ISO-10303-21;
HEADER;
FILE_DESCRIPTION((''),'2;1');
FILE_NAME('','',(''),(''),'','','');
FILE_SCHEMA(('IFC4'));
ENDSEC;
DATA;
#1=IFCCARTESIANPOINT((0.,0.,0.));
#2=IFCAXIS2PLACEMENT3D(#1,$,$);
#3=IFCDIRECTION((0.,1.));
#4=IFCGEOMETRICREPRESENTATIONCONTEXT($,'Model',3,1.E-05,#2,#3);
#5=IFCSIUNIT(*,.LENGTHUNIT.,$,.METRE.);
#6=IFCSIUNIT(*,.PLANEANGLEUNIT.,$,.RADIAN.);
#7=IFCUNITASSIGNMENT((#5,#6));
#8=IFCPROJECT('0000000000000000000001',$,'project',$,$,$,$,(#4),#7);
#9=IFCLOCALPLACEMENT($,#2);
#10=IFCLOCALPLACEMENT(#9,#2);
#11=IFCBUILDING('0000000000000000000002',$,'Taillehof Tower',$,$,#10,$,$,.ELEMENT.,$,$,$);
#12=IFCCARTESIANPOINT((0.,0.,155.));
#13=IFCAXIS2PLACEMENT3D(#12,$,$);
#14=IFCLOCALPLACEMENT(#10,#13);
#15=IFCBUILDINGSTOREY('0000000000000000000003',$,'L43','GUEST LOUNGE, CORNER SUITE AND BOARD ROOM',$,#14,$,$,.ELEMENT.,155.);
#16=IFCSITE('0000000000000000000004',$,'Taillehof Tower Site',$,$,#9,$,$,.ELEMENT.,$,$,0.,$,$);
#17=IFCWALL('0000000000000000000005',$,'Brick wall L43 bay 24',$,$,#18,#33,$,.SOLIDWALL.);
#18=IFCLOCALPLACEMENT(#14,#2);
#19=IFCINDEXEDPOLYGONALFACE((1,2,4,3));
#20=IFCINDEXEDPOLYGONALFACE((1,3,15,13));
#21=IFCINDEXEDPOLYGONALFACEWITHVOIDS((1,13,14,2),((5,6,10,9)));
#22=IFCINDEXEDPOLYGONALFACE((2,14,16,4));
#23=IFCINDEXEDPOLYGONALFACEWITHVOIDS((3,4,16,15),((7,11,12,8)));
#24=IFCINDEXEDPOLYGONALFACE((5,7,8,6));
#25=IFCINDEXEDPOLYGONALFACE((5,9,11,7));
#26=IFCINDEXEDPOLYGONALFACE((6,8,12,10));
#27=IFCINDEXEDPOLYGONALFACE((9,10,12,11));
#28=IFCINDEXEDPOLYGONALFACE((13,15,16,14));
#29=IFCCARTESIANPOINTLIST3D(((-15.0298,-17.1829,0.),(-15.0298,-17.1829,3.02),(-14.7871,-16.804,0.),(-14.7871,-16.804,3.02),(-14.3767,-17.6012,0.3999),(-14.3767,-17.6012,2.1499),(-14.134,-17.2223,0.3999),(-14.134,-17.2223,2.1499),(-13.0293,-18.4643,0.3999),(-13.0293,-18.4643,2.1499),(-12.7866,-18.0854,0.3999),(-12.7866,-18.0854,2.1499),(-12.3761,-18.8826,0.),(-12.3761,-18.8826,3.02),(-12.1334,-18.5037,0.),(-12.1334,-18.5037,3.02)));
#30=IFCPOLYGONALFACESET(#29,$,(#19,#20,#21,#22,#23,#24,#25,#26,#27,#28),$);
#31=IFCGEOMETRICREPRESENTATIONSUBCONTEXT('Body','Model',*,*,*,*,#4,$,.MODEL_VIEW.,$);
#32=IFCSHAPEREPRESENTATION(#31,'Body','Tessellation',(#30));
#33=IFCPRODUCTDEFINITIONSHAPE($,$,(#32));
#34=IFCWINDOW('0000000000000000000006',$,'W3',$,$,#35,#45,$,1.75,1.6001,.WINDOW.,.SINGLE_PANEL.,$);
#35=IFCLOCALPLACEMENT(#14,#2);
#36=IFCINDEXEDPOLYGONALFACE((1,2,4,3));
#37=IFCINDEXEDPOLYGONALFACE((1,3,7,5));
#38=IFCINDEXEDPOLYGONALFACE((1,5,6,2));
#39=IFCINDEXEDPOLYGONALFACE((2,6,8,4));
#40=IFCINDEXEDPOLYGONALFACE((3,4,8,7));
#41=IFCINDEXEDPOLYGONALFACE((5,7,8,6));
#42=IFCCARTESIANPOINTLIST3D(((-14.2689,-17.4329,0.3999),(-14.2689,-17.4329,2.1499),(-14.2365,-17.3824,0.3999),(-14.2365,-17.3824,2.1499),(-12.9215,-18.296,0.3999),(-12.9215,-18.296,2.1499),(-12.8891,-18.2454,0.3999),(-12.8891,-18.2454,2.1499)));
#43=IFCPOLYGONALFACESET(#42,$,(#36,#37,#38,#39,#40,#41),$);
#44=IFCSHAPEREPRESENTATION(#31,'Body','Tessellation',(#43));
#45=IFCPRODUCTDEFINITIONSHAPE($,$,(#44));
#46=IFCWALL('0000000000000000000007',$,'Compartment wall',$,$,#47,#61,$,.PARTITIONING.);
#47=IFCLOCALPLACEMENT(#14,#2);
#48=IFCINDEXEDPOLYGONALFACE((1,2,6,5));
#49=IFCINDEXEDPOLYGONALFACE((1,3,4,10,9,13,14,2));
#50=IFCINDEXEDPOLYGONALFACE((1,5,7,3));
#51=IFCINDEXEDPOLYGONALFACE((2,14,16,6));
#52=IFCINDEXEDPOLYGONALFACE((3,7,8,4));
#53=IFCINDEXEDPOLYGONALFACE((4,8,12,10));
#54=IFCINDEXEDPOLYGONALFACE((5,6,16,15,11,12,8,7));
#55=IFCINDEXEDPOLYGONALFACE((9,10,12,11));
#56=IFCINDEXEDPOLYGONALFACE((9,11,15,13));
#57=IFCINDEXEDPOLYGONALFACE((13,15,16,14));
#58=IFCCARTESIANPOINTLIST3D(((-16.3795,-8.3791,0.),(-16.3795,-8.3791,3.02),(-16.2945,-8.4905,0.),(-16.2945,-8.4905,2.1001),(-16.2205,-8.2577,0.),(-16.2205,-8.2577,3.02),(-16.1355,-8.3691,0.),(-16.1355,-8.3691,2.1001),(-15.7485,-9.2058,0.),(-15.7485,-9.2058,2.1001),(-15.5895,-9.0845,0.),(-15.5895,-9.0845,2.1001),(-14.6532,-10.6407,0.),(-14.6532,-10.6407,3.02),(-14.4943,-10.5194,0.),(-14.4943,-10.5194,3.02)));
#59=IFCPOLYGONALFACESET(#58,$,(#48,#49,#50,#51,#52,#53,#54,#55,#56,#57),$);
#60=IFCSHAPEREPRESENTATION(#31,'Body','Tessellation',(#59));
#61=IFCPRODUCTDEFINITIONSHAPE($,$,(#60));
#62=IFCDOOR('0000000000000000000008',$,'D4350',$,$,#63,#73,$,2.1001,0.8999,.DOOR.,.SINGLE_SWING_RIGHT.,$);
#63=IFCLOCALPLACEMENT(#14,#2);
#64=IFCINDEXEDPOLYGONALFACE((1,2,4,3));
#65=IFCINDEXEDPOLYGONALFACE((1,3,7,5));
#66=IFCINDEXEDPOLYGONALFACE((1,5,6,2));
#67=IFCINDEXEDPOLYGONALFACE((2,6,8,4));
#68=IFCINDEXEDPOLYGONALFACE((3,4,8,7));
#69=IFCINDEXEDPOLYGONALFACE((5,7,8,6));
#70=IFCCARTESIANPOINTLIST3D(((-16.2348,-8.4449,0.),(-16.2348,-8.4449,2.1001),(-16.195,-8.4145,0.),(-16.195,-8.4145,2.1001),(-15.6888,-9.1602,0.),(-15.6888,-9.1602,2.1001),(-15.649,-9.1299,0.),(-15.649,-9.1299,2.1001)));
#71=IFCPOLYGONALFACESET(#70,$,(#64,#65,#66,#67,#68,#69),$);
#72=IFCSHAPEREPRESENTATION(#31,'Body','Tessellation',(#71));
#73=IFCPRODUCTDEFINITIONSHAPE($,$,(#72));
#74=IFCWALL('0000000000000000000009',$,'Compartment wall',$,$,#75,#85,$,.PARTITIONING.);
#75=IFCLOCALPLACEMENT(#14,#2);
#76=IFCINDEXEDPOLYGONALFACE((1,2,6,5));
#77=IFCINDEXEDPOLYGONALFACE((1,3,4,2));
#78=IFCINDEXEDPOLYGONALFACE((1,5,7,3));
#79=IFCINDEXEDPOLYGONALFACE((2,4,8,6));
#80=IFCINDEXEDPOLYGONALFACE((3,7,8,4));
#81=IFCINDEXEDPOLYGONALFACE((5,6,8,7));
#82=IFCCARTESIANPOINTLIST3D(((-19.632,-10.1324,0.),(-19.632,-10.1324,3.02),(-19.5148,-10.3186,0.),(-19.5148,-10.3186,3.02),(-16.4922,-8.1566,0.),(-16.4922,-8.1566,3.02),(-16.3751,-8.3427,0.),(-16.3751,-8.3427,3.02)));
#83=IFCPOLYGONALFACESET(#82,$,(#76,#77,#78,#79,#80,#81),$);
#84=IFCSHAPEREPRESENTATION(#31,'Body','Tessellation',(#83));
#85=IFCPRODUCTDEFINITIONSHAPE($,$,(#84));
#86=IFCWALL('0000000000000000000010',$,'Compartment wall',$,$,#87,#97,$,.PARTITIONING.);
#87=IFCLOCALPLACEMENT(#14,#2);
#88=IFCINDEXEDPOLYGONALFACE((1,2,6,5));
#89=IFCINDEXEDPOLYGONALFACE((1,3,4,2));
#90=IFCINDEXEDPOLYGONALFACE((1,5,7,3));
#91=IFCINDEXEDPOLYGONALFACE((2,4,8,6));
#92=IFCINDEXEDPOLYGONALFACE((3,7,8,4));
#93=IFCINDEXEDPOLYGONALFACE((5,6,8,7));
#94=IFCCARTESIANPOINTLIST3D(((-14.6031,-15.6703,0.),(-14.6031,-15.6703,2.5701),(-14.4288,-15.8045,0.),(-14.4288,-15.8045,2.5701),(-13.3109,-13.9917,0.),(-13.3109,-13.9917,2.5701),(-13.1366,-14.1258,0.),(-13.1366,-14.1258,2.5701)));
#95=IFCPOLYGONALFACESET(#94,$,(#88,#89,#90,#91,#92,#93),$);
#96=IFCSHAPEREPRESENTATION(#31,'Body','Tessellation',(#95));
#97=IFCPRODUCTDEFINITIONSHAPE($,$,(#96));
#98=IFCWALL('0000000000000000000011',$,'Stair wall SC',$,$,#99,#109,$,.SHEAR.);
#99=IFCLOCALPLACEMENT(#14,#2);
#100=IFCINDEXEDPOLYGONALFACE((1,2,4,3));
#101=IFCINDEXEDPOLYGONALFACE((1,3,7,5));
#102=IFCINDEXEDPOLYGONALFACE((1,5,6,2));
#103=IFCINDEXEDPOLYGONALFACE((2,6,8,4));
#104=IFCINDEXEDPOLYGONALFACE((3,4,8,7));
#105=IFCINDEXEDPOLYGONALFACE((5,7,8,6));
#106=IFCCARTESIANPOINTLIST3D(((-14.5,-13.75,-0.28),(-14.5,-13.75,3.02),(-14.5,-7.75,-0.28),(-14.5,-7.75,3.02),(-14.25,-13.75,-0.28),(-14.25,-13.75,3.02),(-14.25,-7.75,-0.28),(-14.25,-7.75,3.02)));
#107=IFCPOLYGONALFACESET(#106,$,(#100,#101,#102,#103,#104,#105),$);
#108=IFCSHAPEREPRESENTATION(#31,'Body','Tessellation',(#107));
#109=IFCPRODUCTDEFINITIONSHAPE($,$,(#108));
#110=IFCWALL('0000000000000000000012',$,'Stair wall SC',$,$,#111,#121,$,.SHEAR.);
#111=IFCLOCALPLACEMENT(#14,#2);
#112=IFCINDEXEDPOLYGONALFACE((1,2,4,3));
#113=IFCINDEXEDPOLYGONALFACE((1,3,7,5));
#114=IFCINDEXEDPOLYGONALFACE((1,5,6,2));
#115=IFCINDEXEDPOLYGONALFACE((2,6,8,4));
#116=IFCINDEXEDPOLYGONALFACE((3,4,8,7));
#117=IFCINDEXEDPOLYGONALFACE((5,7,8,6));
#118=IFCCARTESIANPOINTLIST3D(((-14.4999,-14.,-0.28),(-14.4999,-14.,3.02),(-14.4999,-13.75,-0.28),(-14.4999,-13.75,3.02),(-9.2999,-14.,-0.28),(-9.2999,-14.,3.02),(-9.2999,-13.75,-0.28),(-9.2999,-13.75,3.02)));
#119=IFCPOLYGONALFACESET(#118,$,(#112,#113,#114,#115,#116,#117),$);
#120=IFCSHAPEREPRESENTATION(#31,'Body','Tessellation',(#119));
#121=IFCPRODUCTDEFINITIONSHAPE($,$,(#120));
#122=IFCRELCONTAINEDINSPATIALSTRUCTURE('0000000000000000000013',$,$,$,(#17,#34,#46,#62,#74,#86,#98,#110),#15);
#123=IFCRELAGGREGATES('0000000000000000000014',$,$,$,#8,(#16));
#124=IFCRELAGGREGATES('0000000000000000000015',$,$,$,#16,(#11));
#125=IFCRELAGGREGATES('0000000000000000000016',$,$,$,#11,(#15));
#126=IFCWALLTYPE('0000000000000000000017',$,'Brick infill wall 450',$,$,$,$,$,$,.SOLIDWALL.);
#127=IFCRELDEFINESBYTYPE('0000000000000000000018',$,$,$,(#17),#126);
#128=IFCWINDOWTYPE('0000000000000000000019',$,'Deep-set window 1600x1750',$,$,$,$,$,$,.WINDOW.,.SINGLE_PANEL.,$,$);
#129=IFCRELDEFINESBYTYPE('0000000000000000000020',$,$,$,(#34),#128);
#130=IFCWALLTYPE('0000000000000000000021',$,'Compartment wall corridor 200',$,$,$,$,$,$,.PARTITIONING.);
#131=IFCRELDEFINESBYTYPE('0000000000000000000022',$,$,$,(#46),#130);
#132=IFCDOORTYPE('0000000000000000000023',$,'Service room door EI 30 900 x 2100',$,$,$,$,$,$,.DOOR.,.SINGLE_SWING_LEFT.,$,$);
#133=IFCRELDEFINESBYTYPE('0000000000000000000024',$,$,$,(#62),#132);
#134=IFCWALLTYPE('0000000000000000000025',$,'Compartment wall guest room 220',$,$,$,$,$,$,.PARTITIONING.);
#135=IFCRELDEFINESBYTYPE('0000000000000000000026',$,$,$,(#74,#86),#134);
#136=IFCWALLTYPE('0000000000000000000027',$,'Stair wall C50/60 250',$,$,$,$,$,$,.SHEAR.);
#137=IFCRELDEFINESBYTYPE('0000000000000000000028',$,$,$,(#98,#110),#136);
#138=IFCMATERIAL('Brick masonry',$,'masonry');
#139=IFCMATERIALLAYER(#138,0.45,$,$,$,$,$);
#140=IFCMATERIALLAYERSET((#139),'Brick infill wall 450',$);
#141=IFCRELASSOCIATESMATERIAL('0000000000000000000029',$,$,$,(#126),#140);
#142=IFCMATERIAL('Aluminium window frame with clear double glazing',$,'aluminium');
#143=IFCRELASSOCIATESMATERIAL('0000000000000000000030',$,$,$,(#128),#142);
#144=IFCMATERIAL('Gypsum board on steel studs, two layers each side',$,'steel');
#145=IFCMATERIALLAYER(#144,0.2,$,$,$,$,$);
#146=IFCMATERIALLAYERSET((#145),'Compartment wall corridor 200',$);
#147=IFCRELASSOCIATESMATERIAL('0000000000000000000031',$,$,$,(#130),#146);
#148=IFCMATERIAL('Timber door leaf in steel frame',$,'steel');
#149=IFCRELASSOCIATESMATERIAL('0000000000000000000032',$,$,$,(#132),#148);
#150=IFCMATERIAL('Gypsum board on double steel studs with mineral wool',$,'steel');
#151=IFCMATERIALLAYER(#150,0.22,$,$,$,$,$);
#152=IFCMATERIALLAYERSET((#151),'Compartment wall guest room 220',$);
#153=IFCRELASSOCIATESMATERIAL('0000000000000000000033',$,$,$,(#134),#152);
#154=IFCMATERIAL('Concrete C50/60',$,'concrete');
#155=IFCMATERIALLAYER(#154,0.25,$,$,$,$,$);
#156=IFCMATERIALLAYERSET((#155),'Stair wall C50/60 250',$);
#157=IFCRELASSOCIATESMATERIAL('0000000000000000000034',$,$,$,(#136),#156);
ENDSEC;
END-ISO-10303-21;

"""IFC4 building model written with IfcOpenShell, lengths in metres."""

from ifc_helpers import new_model, si_unit, direction, frame, frame_2d, origin, place, context, subcontext, project, spatial, rectangle, extrude, material, layer, layer_set, type_object, element, fill, save


model = new_model("IFC4")

# Units and contexts
model_context = context("Model", 3, precision=1e-05, world=origin(), true_north=direction((0.0, 1.0)))
body_context = subcontext(model_context, "Body", "Model", "MODEL_VIEW")
ifc_project = project(units=[si_unit("LENGTHUNIT", "METRE"), si_unit("PLANEANGLEUNIT", "RADIAN")], contexts=[model_context])

# Site, building, storey
site_placement = place(None, origin())
site = spatial("IfcSite", under=ifc_project, at=site_placement, Name="Taillehof Tower Site", CompositionType="ELEMENT", RefElevation=0.0)
building_placement = place(site_placement, origin())
building = spatial("IfcBuilding", under=site, at=building_placement, Name="Taillehof Tower", CompositionType="ELEMENT")
storey_placement = place(building_placement, frame((0.0, 0.0, 155.0)))
storey = spatial("IfcBuildingStorey", under=building, at=storey_placement, Name="L43", Description="GUEST LOUNGE, CORNER SUITE AND BOARD ROOM", CompositionType="ELEMENT", Elevation=155.0)

# Wall, opening, window
ifc_material_1 = material(Name="Brick masonry", Category="masonry")
ifc_layer_1 = layer(ifc_material_1, 0.45)
ifc_layer_set_1 = layer_set([ifc_layer_1], Name="Brick infill wall 450")
wall_type_1 = type_object("IfcWallType", Name="Brick infill wall 450", PredefinedType="SOLIDWALL", material=ifc_layer_set_1)
ifc_material_2 = material(Name="Aluminium window frame with clear double glazing", Category="aluminium")
window_type = type_object("IfcWindowType", Name="Deep-set window 1600x1750", PartitioningType="SINGLE_PANEL", PredefinedType="WINDOW", material=ifc_material_2)
wall_1_placement = place(storey_placement, frame((-14.9084, -16.9934, 0.0), z_axis=(0.0, 0.0, 1.0), x_axis=(0.842066, -0.539375, 0.0)))
wall_1 = element("IfcWall", 1, at=wall_1_placement, inside=storey, type_object=wall_type_1, Name="Brick wall L43 bay 24", PredefinedType="SOLIDWALL", context=body_context, shape_type="SweptSolid", body=[
    extrude(rectangle(XDim=3.1514, YDim=0.45, at=frame_2d((1.5757, 0.0))), origin(), (0.0, 0.0, 1.0), 3.02),
])
opening_1_placement = place(wall_1_placement, frame((0.7756, 0.0, 0.3999)))
opening_1 = element("IfcOpeningElement", 2, at=opening_1_placement, cuts=wall_1, PredefinedType="OPENING", context=body_context, shape_type="SweptSolid", body=[
    extrude(rectangle(XDim=1.6001, YDim=1.75, at=frame_2d((0.8, 0.875))), frame((0.0, 0.2349, 0.0), z_axis=(0.0, -1.0, 0.0), x_axis=(1.0, 0.0, 0.0)), (0.0, 0.0, 1.0), 0.47),
])
window_1_placement = place(opening_1_placement, origin())
window_1 = element("IfcWindow", 3, at=window_1_placement, inside=storey, type_object=window_type, Name="W3", OverallHeight=1.75, OverallWidth=1.6001, PartitioningType="SINGLE_PANEL", PredefinedType="WINDOW", context=body_context, shape_type="SweptSolid", body=[
    extrude(rectangle(XDim=1.6001, YDim=1.75, at=frame_2d((0.8, 0.875))), frame((0.0, 0.0349, 0.0), z_axis=(0.0, -1.0, 0.0), x_axis=(1.0, 0.0, 0.0)), (0.0, 0.0, 1.0), 0.0601),
])
fill(opening_1, window_1)

# Wall, opening, door
ifc_material_3 = material(Name="Gypsum board on steel studs, two layers each side", Category="steel")
ifc_layer_2 = layer(ifc_material_3, 0.2)
ifc_layer_set_2 = layer_set([ifc_layer_2], Name="Compartment wall corridor 200")
wall_type_2 = type_object("IfcWallType", Name="Compartment wall corridor 200", PredefinedType="PARTITIONING", material=ifc_layer_set_2)
wall_2_placement = place(storey_placement, frame((-14.5737, -10.5801, 0.0), z_axis=(0.0, 0.0, 1.0), x_axis=(-0.606733, 0.794906, 0.0)))
wall_2 = element("IfcWall", 4, at=wall_2_placement, inside=storey, type_object=wall_type_2, Name="Compartment wall", PredefinedType="PARTITIONING", context=body_context, shape_type="SweptSolid", body=[
    extrude(rectangle(XDim=2.8452, YDim=0.2, at=frame_2d((1.4226, 0.0))), origin(), (0.0, 0.0, 1.0), 3.02),
])
opening_2_placement = place(wall_2_placement, frame((1.8052, 0.0, 0.0)))
opening_2 = element("IfcOpeningElement", 5, at=opening_2_placement, cuts=wall_2, PredefinedType="OPENING", context=body_context, shape_type="SweptSolid", body=[
    extrude(rectangle(XDim=0.8999, YDim=2.1001, at=frame_2d((0.45, 1.05))), frame((0.0, 0.1099, 0.0), z_axis=(0.0, -1.0, 0.0), x_axis=(1.0, 0.0, 0.0)), (0.0, 0.0, 1.0), 0.22),
])
ifc_material_4 = material(Name="Timber door leaf in steel frame", Category="steel")
door_type = type_object("IfcDoorType", Name="Service room door EI 30 900 x 2100", OperationType="SINGLE_SWING_LEFT", PredefinedType="DOOR", material=ifc_material_4)
door_placement = place(opening_2_placement, origin())
door = element("IfcDoor", 6, at=door_placement, inside=storey, type_object=door_type, Name="D4350", OperationType="SINGLE_SWING_RIGHT", OverallHeight=2.1001, OverallWidth=0.8999, PredefinedType="DOOR", context=body_context, shape_type="SweptSolid", body=[
    extrude(rectangle(XDim=0.8999, YDim=2.1001, at=frame_2d((0.45, 1.05))), frame((0.0, 0.0249, 0.0), z_axis=(0.0, -1.0, 0.0), x_axis=(1.0, 0.0, 0.0)), (0.0, 0.0, 1.0), 0.05),
])
fill(opening_2, door)

# Walls
ifc_material_5 = material(Name="Gypsum board on double steel studs with mineral wool", Category="steel")
ifc_layer_3 = layer(ifc_material_5, 0.22)
ifc_layer_set_3 = layer_set([ifc_layer_3], Name="Compartment wall guest room 220")
wall_type_3 = type_object("IfcWallType", Name="Compartment wall guest room 220", PredefinedType="PARTITIONING", material=ifc_layer_set_3)
wall_3_placement = place(storey_placement, frame((-19.5735, -10.2256, 0.0), z_axis=(0.0, 0.0, 1.0), x_axis=(0.846353, 0.532623, 0.0)))
element("IfcWall", 7, at=wall_3_placement, inside=storey, type_object=wall_type_3, Name="Compartment wall", PredefinedType="PARTITIONING", context=body_context, shape_type="SweptSolid", body=[
    extrude(rectangle(XDim=3.7097, YDim=0.22, at=frame_2d((1.855, 0.0))), origin(), (0.0, 0.0, 1.0), 3.02),
])
wall_4_placement = place(storey_placement, frame((-14.5159, -15.7373, 0.0), z_axis=(0.0, 0.0, 1.0), x_axis=(0.609984, 0.792414, 0.0)))
element("IfcWall", 8, at=wall_4_placement, inside=storey, type_object=wall_type_3, Name="Compartment wall", PredefinedType="PARTITIONING", context=body_context, shape_type="SweptSolid", body=[
    extrude(rectangle(XDim=2.1184, YDim=0.22, at=frame_2d((1.0591, 0.0))), origin(), (0.0, 0.0, 1.0), 2.5701),
])
ifc_material_6 = material(Name="Concrete C50/60", Category="concrete")
ifc_layer_4 = layer(ifc_material_6, 0.25)
ifc_layer_set_4 = layer_set([ifc_layer_4], Name="Stair wall C50/60 250")
wall_type_4 = type_object("IfcWallType", Name="Stair wall C50/60 250", PredefinedType="SHEAR", material=ifc_layer_set_4)
wall_5_placement = place(storey_placement, frame((-14.375, -13.75, -0.28), z_axis=(0.0, 0.0, 1.0), x_axis=(0.0, 1.0, 0.0)))
element("IfcWall", 9, at=wall_5_placement, inside=storey, type_object=wall_type_4, Name="Stair wall SC", PredefinedType="SHEAR", context=body_context, shape_type="SweptSolid", body=[
    extrude(rectangle(XDim=6.0, YDim=0.25, at=frame_2d((3.0, 0.0))), origin(), (0.0, 0.0, 1.0), 3.3),
])
wall_6_placement = place(storey_placement, frame((-14.5, -13.875, -0.28), z_axis=(0.0, 0.0, 1.0), x_axis=(1.0, 0.0, 0.0)))
element("IfcWall", 10, at=wall_6_placement, inside=storey, type_object=wall_type_4, Name="Stair wall SC", PredefinedType="SHEAR", context=body_context, shape_type="SweptSolid", body=[
    extrude(rectangle(XDim=5.2, YDim=0.25, at=frame_2d((2.6001, 0.0))), origin(), (0.0, 0.0, 1.0), 3.3),
])

save(model, "model.ifc")
